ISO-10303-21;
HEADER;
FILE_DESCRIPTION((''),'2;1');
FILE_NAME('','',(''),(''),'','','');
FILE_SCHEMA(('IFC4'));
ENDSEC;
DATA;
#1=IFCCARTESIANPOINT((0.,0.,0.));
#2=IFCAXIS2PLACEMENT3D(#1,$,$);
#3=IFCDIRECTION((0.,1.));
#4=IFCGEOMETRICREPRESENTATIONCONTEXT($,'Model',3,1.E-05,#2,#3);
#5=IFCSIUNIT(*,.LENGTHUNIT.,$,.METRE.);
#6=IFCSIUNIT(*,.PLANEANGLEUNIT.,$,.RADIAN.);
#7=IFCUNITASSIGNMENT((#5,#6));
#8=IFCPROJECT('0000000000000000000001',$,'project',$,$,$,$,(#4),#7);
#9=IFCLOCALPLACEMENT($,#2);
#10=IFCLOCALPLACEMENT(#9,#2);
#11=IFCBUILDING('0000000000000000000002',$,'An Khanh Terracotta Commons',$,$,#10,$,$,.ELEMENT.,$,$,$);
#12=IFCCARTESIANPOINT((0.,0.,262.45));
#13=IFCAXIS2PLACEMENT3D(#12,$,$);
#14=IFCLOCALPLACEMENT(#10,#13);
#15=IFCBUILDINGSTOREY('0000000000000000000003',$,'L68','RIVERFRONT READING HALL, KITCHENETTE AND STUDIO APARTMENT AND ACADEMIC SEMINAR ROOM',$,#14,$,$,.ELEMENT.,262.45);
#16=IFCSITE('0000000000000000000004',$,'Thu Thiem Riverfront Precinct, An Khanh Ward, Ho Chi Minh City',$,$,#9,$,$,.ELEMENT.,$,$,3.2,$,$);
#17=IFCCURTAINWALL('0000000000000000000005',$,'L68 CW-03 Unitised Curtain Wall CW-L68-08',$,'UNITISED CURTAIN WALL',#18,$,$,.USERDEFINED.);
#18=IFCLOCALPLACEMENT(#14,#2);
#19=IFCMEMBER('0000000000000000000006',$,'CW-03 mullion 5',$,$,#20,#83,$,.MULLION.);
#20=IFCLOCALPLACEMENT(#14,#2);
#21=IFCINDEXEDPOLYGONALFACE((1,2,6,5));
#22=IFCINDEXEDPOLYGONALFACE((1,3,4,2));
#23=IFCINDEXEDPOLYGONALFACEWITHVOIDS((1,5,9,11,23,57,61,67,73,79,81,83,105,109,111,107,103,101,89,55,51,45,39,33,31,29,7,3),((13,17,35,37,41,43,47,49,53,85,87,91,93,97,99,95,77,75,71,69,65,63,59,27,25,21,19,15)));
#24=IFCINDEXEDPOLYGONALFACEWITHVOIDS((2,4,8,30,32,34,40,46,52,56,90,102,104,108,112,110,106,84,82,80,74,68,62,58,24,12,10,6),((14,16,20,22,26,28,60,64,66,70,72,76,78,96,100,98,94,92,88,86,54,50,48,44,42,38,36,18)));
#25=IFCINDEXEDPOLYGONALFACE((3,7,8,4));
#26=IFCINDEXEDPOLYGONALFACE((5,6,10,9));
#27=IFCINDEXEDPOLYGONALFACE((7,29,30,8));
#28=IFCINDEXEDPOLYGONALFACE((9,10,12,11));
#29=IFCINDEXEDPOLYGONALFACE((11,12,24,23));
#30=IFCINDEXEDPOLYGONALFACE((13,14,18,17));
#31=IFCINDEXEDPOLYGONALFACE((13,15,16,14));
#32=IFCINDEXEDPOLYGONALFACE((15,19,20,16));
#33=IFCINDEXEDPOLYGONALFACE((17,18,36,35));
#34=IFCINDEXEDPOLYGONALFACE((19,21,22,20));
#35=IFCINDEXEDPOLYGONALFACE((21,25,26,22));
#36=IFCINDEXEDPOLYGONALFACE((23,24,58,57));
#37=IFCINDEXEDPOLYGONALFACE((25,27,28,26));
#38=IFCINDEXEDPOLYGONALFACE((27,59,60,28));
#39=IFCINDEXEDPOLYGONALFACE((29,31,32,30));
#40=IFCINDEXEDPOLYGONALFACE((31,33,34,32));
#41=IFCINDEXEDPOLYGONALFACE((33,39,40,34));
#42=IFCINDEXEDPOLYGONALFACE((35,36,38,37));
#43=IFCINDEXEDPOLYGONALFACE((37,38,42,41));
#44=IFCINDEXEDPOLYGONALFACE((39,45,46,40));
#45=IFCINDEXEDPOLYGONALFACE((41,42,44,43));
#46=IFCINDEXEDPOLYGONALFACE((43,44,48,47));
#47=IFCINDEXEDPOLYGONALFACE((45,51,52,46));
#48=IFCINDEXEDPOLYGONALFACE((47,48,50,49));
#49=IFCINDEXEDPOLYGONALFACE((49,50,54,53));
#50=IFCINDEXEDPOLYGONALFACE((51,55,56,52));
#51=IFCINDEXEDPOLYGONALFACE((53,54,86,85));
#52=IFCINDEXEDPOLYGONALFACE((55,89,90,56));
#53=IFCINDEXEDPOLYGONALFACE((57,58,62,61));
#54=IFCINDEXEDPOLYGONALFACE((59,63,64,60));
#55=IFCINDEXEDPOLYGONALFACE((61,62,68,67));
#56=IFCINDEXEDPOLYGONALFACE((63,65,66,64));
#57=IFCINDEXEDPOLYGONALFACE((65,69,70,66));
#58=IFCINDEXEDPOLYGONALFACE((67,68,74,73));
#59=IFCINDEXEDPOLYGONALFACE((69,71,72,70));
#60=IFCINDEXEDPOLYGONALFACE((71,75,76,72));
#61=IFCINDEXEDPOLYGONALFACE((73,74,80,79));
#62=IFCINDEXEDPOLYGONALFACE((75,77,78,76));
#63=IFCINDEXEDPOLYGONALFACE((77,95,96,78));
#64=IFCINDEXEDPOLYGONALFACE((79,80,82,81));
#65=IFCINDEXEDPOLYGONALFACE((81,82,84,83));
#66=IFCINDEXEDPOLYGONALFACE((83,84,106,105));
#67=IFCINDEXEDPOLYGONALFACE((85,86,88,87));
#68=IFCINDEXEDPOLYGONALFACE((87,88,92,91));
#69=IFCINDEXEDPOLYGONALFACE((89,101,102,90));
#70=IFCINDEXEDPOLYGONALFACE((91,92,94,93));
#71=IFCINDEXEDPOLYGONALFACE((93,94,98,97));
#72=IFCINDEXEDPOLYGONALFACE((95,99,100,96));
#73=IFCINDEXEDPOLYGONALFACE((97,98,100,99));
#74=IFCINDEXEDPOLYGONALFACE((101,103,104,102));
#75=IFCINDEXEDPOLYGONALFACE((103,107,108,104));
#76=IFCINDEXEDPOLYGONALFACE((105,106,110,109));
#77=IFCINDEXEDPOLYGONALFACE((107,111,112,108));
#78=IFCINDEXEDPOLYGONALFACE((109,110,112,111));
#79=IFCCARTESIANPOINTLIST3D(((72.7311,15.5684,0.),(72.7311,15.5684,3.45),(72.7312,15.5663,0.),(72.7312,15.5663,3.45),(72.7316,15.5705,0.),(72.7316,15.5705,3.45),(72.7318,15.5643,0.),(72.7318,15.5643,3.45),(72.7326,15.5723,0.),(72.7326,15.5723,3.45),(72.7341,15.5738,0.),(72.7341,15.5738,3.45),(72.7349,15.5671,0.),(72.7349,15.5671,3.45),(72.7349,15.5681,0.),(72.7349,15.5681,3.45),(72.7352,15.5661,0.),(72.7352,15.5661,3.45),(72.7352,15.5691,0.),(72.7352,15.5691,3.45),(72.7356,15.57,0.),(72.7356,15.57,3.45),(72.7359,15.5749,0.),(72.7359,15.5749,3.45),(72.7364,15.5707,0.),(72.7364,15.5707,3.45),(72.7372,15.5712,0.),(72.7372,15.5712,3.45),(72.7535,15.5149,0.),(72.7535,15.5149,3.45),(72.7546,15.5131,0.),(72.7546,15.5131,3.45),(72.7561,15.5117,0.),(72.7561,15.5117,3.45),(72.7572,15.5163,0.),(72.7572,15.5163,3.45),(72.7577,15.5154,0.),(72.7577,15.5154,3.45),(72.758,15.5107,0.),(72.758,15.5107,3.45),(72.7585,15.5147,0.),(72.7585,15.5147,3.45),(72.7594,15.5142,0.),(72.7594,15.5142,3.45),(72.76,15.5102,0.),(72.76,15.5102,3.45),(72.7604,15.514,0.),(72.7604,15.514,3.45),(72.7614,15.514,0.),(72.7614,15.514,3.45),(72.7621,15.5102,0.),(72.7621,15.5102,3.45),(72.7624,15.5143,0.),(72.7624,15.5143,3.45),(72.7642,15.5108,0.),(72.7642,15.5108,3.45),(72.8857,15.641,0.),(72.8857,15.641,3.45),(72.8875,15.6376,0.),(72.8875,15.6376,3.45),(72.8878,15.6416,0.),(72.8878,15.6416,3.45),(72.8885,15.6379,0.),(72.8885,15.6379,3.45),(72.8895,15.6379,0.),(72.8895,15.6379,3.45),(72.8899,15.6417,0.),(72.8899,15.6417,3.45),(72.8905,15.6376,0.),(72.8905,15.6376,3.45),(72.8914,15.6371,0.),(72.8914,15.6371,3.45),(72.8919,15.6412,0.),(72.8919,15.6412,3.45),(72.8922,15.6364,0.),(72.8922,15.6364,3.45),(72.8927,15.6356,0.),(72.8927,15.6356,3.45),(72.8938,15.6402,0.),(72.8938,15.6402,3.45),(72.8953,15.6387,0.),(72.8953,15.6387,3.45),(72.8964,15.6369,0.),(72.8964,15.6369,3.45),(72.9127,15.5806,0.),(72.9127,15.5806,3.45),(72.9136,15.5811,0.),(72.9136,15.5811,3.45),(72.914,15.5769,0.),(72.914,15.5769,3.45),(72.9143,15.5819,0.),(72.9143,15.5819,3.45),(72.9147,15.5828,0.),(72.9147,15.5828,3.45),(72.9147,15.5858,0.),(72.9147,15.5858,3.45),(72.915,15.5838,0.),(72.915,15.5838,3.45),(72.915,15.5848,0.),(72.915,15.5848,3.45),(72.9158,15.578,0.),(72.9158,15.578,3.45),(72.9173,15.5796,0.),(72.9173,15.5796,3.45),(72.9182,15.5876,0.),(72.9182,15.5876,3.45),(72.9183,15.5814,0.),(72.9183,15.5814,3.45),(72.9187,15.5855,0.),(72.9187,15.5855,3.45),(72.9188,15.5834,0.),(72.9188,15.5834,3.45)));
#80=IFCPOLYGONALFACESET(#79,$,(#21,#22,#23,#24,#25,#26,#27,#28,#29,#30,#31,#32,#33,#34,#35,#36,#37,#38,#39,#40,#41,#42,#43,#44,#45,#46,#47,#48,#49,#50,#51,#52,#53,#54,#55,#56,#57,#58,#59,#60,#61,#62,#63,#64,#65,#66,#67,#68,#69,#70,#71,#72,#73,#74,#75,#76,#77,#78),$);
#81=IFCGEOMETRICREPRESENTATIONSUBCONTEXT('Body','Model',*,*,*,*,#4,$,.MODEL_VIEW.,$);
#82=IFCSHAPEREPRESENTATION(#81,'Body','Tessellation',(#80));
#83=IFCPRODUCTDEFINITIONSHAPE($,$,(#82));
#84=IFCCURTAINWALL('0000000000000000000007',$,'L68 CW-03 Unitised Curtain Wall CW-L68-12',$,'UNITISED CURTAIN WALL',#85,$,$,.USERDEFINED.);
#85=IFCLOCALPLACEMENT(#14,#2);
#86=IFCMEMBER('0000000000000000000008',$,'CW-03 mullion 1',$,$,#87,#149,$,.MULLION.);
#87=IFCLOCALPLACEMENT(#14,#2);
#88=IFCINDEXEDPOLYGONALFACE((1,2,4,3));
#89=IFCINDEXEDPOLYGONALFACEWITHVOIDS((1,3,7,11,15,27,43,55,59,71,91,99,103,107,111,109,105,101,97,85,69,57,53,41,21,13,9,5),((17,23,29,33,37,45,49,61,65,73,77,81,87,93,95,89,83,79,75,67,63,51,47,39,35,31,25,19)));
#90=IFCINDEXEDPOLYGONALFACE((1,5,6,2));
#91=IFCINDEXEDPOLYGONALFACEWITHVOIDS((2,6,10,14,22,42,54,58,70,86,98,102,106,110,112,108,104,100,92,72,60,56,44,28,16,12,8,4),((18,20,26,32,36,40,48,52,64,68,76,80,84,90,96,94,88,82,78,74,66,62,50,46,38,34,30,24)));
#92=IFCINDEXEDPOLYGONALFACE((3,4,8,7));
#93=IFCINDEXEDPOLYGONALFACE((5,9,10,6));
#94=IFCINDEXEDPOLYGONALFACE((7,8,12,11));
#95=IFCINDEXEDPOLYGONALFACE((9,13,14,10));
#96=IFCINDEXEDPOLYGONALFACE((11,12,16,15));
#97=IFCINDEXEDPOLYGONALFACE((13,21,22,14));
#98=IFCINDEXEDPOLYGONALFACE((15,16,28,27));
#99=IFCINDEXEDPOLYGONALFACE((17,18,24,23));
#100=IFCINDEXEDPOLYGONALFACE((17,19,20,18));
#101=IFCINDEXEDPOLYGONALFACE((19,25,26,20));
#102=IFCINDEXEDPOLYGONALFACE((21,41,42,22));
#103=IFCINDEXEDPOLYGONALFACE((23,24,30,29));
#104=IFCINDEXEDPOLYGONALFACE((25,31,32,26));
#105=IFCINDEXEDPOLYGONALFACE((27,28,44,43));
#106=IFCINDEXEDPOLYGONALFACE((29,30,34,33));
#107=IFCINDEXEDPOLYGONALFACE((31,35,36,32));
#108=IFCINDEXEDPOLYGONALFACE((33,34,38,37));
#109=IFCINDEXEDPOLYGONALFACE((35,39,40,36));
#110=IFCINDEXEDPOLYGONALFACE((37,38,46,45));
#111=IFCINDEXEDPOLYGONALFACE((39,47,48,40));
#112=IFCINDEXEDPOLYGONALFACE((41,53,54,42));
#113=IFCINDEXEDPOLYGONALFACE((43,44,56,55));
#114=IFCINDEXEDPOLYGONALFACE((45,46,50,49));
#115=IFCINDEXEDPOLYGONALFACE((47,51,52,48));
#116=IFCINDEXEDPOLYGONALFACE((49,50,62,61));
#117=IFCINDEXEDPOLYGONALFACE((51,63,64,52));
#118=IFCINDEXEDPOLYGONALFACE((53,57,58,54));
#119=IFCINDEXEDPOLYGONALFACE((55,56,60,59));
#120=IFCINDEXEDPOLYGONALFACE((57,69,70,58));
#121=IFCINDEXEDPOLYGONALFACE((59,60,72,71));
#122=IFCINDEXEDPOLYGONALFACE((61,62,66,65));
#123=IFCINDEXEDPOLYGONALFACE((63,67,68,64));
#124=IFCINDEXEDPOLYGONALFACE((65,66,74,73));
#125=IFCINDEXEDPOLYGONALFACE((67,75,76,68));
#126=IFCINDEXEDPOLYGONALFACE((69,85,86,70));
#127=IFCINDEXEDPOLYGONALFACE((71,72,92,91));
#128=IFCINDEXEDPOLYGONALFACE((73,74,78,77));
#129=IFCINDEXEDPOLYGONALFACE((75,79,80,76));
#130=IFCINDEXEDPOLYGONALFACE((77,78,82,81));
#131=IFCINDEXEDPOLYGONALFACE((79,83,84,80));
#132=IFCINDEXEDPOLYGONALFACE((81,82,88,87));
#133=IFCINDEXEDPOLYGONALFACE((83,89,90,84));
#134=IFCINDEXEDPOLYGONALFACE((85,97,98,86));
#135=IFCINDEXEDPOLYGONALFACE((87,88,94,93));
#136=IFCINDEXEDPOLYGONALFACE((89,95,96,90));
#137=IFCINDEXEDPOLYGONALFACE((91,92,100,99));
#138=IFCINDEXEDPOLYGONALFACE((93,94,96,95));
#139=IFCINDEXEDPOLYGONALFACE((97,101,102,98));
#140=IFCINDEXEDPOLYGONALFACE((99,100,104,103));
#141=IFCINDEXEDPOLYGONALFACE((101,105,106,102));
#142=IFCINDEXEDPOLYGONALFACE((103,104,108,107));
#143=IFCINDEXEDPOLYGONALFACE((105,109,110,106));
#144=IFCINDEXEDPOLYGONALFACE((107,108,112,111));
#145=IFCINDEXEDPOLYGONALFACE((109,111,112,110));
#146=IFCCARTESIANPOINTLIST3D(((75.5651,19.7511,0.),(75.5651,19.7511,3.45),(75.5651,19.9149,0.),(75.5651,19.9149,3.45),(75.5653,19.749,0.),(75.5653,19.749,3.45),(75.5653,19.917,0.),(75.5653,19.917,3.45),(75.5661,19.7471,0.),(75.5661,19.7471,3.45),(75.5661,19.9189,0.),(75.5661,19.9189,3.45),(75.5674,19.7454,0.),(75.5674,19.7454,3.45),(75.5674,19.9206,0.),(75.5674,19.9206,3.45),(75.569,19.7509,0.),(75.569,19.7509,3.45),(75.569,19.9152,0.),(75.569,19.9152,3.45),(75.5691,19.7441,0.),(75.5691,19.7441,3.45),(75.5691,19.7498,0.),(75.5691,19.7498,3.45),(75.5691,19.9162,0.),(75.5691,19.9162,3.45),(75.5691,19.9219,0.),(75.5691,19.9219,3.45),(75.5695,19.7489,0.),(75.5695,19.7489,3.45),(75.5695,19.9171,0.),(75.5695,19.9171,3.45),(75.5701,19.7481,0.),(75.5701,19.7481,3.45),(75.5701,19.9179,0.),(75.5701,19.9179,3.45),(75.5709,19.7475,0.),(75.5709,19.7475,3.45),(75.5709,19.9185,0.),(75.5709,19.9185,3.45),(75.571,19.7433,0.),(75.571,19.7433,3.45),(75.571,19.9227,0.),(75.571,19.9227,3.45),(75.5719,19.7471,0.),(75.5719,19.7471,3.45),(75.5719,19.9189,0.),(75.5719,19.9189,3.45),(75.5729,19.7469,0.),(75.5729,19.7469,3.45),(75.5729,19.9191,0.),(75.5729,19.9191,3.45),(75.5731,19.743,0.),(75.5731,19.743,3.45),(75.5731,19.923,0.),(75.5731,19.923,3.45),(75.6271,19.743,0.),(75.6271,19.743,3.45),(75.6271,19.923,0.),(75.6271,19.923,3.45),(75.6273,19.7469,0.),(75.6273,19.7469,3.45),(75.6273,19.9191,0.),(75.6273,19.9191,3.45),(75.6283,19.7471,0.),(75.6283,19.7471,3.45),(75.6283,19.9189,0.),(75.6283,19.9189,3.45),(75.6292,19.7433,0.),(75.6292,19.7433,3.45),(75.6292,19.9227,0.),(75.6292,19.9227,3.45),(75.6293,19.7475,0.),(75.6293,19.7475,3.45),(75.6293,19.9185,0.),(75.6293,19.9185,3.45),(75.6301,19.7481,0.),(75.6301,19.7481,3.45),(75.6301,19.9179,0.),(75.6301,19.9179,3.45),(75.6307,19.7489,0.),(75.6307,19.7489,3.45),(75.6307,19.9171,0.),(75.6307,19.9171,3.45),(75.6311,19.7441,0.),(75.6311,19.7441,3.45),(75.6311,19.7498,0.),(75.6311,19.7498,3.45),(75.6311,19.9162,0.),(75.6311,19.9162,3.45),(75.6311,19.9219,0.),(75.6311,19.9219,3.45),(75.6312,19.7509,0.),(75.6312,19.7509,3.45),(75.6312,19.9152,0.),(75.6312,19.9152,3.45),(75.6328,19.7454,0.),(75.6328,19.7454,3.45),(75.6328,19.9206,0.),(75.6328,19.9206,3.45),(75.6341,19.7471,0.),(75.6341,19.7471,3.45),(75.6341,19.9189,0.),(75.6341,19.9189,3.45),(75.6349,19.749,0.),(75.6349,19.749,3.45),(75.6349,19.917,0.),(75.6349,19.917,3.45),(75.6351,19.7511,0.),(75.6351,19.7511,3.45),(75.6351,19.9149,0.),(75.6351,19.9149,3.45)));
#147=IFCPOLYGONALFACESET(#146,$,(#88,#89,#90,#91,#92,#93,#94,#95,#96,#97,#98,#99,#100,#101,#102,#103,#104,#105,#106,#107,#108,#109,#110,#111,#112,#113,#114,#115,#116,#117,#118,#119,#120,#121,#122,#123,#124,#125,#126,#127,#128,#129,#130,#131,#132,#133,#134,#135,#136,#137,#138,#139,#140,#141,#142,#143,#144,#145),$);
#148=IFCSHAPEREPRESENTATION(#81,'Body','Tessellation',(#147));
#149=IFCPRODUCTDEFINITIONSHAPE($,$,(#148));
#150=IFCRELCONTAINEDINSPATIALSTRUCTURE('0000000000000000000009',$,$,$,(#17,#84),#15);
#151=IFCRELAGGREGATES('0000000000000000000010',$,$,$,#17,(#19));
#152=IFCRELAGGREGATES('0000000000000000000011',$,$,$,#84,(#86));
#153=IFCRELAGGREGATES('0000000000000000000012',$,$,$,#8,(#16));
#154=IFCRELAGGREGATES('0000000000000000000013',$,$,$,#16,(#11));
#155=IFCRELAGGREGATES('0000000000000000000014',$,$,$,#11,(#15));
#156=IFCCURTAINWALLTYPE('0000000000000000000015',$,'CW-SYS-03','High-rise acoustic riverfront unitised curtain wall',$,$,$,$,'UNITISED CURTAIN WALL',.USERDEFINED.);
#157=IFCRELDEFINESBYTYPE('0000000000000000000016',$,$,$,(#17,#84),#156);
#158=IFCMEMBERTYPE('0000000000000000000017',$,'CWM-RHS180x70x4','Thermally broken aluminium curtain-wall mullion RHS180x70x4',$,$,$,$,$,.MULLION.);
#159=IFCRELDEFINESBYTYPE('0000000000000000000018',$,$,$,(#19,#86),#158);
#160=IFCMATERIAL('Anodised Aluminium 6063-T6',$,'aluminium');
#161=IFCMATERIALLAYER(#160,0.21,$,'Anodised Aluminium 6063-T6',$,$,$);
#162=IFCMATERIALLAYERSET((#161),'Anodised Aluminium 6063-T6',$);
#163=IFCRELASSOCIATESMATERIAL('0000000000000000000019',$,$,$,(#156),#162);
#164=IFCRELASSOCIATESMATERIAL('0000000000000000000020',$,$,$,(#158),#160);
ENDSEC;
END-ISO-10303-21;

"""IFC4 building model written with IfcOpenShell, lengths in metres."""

from ifc_helpers import new_model, si_unit, direction, frame, origin, origin_2d, place, context, subcontext, project, spatial, hollow_rectangle, extrude, material, layer, layer_set, material_profile, profile_set, type_object, element, aggregate, save


model = new_model("IFC4")

# Units and contexts
model_context = context("Model", 3, precision=1e-05, world=origin(), true_north=direction((0.0, 1.0)))
body_context = subcontext(model_context, "Body", "Model", "MODEL_VIEW")
ifc_project = project(units=[si_unit("LENGTHUNIT", "METRE"), si_unit("PLANEANGLEUNIT", "RADIAN")], contexts=[model_context])

# Site, building, storey
site_placement = place(None, origin())
site = spatial("IfcSite", under=ifc_project, at=site_placement, Name="Thu Thiem Riverfront Precinct, An Khanh Ward, Ho Chi Minh City", CompositionType="ELEMENT", RefElevation=3.2)
building_placement = place(site_placement, origin())
building = spatial("IfcBuilding", under=site, at=building_placement, Name="An Khanh Terracotta Commons", CompositionType="ELEMENT")
storey_placement = place(building_placement, frame((0.0, 0.0, 262.45)))
storey = spatial("IfcBuildingStorey", under=building, at=storey_placement, Name="L68", Description="RIVERFRONT READING HALL, KITCHENETTE AND STUDIO APARTMENT AND ACADEMIC SEMINAR ROOM", CompositionType="ELEMENT", Elevation=262.45)

# Curtain walls, members
ifc_material_1 = material(Name="Anodised Aluminium 6063-T6", Category="aluminium")
ifc_layer_1 = layer(ifc_material_1, 0.21, Name="Anodised Aluminium 6063-T6")
ifc_layer_set_1 = layer_set([ifc_layer_1], Name="Anodised Aluminium 6063-T6")
curtain_wall_type = type_object("IfcCurtainWallType", Name="CW-SYS-03", Description="High-rise acoustic riverfront unitised curtain wall", ElementType="UNITISED CURTAIN WALL", PredefinedType="USERDEFINED", material=ifc_layer_set_1)
curtain_wall_1_placement = place(storey_placement, origin())
curtain_wall_1 = element("IfcCurtainWall", 1, at=curtain_wall_1_placement, inside=storey, type_object=curtain_wall_type, Name="L68 CW-03 Unitised Curtain Wall CW-L68-08", ObjectType="UNITISED CURTAIN WALL", PredefinedType="USERDEFINED")
ifc_material_profile_1 = material_profile(ifc_material_1, hollow_rectangle(XDim=0.0701, YDim=0.1799, WallThickness=0.0039, InnerFilletRadius=0.0039, OuterFilletRadius=0.0081, at=origin_2d()), Name="RHS180x70x4")
ifc_profile_set_1 = profile_set([ifc_material_profile_1], Name="Anodised Aluminium 6063-T6")
member_type_1 = type_object("IfcMemberType", Name="CWM-RHS180x70x4", Description="Thermally broken aluminium curtain-wall mullion RHS180x70x4", PredefinedType="MULLION", material=ifc_profile_set_1)
member_1_placement = place(storey_placement, frame((72.825, 15.5759, 0.0), z_axis=(0.0, 0.0, 1.0), x_axis=(-0.403676, 0.914902, 0.0)))
member_1 = element("IfcMember", 2, at=member_1_placement, type_object=member_type_1, Name="CW-03 mullion 5", PredefinedType="MULLION", context=body_context, shape_type="SweptSolid", body=[
    extrude(hollow_rectangle(XDim=0.0701, YDim=0.1799, WallThickness=0.0039, InnerFilletRadius=0.0039, OuterFilletRadius=0.0081, at=origin_2d()), origin(), (0.0, 0.0, 1.0), 3.45),
])
curtain_wall_2_placement = place(storey_placement, origin())
curtain_wall_2 = element("IfcCurtainWall", 3, at=curtain_wall_2_placement, inside=storey, type_object=curtain_wall_type, Name="L68 CW-03 Unitised Curtain Wall CW-L68-12", ObjectType="UNITISED CURTAIN WALL", PredefinedType="USERDEFINED")
member_2_placement = place(storey_placement, frame((75.6001, 19.833, 0.0), z_axis=(0.0, 0.0, 1.0), x_axis=(-1.0, 0.0, 0.0)))
member_2 = element("IfcMember", 4, at=member_2_placement, type_object=member_type_1, Name="CW-03 mullion 1", PredefinedType="MULLION", context=body_context, shape_type="SweptSolid", body=[
    extrude(hollow_rectangle(XDim=0.0701, YDim=0.1799, WallThickness=0.0039, InnerFilletRadius=0.0039, OuterFilletRadius=0.0081, at=origin_2d()), origin(), (0.0, 0.0, 1.0), 3.45),
])

aggregate(curtain_wall_1, [member_1])
aggregate(curtain_wall_2, [member_2])

save(model, "model.ifc")
